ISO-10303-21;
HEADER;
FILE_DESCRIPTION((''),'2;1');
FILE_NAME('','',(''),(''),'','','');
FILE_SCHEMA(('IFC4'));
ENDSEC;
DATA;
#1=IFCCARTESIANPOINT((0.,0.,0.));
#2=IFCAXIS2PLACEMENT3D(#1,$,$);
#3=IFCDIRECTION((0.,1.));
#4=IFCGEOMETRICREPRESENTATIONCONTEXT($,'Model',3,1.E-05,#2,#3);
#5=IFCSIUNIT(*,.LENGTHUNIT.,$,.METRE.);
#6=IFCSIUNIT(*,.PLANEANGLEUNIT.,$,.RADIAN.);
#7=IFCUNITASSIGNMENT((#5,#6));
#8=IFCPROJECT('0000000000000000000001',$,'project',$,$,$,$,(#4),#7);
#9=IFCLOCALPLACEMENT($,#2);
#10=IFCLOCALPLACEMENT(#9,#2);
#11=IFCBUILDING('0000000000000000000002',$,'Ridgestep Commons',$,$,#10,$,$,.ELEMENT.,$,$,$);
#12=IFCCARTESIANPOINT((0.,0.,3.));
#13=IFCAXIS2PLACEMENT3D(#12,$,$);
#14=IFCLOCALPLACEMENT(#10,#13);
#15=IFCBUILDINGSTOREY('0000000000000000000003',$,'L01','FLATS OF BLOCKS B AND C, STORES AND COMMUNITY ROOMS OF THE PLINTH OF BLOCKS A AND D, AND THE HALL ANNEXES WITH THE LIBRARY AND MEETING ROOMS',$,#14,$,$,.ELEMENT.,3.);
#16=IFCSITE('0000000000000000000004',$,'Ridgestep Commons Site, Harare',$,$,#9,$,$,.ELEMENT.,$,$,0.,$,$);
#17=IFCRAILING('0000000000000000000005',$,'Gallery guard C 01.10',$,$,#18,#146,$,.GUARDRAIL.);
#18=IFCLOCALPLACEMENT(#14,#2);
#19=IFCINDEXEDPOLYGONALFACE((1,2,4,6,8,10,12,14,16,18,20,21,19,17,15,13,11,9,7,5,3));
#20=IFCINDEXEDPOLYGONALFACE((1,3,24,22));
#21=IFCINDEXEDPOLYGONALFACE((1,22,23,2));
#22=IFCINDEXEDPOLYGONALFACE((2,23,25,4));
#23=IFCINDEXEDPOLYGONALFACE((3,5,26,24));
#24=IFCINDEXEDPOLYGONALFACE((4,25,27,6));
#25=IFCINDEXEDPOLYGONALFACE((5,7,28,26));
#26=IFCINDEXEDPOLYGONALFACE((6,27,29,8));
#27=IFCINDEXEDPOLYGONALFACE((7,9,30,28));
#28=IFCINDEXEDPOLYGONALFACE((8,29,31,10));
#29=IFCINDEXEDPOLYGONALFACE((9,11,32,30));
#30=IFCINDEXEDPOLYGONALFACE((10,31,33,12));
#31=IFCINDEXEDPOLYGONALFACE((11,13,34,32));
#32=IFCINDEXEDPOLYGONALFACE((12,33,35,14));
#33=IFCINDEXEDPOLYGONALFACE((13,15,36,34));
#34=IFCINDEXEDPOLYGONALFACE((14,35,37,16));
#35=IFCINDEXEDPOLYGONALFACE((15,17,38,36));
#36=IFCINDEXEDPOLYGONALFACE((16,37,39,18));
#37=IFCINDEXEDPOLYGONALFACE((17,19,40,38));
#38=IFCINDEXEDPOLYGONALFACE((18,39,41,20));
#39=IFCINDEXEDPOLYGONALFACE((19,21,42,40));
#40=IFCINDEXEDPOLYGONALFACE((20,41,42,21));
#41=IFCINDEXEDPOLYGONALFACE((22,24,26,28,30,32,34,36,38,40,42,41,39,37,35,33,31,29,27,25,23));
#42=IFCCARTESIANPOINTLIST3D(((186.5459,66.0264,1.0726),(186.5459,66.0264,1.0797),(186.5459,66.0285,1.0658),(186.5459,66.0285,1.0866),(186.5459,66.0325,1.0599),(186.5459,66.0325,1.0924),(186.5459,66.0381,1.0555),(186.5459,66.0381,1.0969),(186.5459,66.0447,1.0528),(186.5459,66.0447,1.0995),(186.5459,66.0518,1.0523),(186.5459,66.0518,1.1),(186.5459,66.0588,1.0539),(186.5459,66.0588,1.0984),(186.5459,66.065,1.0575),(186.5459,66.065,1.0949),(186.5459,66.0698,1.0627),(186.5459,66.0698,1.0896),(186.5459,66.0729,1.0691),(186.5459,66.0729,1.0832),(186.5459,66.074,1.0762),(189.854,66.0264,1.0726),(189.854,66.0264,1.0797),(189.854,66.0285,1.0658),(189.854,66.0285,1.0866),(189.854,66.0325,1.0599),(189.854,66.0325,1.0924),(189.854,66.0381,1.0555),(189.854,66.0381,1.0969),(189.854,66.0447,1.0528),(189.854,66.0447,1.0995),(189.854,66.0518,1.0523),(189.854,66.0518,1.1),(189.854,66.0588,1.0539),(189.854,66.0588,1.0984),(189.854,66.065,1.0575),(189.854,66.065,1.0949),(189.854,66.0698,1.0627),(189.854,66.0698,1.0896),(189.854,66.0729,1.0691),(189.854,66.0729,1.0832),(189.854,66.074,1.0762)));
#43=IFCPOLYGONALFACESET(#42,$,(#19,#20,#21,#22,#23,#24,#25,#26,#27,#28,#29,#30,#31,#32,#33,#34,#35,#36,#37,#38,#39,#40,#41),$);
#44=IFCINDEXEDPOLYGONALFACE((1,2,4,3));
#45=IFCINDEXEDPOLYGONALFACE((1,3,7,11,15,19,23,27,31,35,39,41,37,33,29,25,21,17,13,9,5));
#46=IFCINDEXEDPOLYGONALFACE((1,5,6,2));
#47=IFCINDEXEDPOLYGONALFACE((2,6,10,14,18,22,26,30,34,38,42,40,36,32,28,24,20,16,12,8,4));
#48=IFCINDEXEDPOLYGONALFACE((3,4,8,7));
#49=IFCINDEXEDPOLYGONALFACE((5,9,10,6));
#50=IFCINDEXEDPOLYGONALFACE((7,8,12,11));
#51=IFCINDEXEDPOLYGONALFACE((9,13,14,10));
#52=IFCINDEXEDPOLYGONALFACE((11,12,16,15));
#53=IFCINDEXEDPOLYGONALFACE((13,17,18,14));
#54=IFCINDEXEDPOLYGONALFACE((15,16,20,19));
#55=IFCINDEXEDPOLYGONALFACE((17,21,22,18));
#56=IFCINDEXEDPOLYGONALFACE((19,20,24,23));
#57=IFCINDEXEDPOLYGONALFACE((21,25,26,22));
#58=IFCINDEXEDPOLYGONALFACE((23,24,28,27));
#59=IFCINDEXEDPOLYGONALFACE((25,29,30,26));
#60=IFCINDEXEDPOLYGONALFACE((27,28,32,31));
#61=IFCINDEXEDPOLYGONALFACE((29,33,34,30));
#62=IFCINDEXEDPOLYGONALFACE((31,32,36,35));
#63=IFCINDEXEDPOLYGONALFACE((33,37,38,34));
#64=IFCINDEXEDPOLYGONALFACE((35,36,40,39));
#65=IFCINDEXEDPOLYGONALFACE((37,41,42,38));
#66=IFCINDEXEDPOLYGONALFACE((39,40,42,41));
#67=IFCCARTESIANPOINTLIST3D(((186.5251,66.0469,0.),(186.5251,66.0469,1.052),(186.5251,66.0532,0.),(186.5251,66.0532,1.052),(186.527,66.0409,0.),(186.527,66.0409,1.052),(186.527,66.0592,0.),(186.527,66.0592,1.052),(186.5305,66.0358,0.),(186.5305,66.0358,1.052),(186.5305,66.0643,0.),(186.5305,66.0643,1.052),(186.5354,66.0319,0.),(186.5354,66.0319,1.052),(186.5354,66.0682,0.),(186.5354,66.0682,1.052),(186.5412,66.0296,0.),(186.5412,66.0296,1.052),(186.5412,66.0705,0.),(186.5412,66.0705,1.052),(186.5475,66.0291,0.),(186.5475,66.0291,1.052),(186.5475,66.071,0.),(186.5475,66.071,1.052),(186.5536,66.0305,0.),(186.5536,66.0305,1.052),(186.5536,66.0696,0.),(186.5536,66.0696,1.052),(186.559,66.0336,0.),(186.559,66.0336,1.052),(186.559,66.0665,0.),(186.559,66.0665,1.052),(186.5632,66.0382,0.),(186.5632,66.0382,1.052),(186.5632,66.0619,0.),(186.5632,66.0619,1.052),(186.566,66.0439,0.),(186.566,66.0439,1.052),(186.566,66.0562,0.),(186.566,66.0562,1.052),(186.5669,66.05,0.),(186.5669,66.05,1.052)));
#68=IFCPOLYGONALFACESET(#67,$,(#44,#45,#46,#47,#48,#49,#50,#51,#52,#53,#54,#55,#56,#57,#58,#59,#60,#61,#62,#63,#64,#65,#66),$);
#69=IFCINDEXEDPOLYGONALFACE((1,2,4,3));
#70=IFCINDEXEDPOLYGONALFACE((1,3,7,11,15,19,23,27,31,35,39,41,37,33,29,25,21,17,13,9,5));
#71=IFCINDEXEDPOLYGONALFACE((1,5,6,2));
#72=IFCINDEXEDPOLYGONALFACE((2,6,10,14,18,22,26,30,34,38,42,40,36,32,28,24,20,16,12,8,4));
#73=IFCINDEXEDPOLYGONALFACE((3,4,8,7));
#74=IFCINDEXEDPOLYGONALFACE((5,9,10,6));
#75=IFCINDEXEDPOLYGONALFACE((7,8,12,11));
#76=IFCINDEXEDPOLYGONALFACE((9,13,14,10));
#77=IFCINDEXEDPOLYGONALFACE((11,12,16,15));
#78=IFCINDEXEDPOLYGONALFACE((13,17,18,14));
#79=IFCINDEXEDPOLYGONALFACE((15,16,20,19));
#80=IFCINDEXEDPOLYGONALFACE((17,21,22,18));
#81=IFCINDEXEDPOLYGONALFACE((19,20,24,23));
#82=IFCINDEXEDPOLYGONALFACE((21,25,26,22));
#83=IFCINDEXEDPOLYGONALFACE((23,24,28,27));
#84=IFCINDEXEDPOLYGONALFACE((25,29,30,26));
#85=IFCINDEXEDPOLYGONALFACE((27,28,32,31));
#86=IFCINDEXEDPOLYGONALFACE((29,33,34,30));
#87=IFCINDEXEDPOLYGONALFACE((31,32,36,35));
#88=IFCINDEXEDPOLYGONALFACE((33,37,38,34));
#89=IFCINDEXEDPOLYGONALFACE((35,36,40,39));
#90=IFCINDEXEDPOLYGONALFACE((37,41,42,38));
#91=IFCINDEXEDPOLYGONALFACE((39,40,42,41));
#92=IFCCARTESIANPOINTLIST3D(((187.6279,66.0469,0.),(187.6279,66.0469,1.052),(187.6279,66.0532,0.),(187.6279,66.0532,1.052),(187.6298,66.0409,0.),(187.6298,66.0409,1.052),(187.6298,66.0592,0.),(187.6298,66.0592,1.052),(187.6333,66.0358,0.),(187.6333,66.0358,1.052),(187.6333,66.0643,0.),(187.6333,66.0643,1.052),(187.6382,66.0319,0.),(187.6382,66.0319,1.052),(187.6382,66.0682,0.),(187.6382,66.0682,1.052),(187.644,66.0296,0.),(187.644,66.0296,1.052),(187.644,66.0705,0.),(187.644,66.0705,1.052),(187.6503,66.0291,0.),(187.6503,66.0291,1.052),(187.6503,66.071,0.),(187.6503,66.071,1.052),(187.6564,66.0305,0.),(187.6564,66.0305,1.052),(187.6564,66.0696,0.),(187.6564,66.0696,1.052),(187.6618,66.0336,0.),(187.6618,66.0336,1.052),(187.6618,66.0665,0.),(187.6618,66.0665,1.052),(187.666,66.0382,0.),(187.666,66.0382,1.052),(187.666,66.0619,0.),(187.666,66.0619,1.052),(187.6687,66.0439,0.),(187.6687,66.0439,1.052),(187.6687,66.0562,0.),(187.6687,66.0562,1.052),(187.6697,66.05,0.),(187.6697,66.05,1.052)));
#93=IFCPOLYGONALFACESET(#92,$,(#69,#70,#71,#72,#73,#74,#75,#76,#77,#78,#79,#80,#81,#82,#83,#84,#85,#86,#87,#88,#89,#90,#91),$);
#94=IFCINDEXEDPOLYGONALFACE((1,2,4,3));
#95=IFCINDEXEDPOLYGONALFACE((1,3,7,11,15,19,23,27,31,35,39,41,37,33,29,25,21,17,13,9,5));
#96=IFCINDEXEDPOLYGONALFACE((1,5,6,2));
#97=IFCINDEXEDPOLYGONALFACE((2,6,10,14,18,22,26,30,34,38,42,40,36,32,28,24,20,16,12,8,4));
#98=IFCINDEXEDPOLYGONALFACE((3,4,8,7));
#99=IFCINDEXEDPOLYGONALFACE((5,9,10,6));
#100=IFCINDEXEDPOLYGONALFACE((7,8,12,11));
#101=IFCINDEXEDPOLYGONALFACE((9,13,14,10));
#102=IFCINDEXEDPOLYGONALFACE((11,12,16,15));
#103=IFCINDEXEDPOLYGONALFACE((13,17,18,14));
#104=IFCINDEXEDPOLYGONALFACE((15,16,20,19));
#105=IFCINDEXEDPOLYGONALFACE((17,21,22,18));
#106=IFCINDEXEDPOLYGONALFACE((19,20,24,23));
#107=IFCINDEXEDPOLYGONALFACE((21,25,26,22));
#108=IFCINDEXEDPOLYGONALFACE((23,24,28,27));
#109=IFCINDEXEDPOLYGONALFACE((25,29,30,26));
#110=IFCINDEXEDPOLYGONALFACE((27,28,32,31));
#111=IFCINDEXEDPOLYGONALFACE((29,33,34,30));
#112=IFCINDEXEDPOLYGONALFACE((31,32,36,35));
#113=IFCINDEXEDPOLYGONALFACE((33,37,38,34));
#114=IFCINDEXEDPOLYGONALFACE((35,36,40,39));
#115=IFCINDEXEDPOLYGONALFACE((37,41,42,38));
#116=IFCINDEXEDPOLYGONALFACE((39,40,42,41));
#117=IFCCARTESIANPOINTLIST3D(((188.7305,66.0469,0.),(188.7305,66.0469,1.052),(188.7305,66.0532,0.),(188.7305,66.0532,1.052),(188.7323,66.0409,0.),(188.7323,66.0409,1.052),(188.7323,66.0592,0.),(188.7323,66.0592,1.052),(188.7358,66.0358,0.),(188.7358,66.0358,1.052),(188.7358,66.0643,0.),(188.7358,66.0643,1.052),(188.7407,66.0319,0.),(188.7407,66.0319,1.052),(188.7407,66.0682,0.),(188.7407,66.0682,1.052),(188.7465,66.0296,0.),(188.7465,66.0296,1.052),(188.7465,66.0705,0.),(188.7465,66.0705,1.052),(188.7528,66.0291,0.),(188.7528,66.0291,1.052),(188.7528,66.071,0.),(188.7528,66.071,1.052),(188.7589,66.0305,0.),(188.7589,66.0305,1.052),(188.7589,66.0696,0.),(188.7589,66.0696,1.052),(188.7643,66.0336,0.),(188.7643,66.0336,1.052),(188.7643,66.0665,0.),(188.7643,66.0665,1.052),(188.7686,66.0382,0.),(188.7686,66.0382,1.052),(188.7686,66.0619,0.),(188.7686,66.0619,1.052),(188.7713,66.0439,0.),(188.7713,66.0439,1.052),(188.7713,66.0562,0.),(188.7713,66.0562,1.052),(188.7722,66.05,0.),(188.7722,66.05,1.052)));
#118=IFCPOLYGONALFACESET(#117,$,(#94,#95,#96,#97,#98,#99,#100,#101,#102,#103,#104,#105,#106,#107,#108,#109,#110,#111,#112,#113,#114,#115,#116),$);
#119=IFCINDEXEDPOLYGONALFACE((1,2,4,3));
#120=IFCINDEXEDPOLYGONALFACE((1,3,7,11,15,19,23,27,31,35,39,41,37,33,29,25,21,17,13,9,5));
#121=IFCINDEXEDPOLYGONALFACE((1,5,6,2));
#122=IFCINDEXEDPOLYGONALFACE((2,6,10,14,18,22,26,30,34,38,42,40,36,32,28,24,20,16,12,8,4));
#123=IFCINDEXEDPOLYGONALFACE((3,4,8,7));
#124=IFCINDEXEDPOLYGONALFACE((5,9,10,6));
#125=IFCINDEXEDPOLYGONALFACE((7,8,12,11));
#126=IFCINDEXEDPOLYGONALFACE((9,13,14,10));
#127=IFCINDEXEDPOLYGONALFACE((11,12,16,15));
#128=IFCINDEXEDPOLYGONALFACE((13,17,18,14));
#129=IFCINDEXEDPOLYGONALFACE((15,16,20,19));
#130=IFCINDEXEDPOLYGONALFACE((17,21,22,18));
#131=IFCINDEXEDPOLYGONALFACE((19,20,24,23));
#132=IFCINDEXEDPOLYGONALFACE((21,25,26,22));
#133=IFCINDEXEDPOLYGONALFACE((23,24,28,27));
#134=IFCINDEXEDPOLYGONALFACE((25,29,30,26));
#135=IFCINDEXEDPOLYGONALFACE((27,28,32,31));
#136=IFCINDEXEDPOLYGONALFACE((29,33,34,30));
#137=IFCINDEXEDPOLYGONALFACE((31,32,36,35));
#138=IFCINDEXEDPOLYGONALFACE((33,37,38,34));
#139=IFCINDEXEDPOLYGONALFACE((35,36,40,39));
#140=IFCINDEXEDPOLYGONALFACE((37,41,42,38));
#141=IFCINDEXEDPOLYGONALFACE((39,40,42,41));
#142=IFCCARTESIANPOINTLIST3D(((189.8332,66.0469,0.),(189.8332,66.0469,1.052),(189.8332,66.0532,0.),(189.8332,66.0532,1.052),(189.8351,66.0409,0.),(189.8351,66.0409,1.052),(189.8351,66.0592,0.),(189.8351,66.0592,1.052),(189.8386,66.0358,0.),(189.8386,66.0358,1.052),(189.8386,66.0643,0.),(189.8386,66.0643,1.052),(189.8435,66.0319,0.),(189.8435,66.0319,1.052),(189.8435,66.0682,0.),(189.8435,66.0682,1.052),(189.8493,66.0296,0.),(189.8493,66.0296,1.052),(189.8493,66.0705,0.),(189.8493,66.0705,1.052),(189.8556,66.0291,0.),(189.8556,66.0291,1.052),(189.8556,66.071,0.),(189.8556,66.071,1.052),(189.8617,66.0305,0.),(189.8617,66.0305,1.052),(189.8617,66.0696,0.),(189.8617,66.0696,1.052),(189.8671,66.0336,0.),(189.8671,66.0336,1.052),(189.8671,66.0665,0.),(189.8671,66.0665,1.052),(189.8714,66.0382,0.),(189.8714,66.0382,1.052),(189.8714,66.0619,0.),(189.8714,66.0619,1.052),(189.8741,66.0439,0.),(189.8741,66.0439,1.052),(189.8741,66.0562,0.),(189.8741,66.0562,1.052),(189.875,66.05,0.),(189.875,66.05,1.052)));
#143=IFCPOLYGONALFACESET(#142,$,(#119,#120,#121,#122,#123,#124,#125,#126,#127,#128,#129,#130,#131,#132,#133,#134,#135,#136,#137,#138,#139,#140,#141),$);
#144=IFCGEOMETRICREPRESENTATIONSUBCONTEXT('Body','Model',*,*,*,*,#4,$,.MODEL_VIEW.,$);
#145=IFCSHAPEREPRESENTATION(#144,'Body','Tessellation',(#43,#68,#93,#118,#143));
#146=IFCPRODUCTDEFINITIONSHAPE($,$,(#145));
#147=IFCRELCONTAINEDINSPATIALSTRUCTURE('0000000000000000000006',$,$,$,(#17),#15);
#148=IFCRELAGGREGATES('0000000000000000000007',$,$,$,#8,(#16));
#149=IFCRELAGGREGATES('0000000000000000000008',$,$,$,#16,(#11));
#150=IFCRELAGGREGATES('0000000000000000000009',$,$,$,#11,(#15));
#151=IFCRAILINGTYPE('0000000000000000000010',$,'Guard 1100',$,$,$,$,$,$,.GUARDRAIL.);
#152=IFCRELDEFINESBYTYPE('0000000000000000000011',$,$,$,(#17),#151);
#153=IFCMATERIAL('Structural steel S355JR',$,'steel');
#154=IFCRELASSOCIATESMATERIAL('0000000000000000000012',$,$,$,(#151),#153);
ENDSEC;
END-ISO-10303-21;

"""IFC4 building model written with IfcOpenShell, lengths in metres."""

from ifc_helpers import new_model, si_unit, direction, frame, origin, origin_2d, place, context, subcontext, project, spatial, circle, extrude, material, type_object, element, save


model = new_model("IFC4")

# Units and contexts
model_context = context("Model", 3, precision=1e-05, world=origin(), true_north=direction((0.0, 1.0)))
body_context = subcontext(model_context, "Body", "Model", "MODEL_VIEW")
ifc_project = project(units=[si_unit("LENGTHUNIT", "METRE"), si_unit("PLANEANGLEUNIT", "RADIAN")], contexts=[model_context])

# Site, building, storey
site_placement = place(None, origin())
site = spatial("IfcSite", under=ifc_project, at=site_placement, Name="Ridgestep Commons Site, Harare", CompositionType="ELEMENT", RefElevation=0.0)
building_placement = place(site_placement, origin())
building = spatial("IfcBuilding", under=site, at=building_placement, Name="Ridgestep Commons", CompositionType="ELEMENT")
storey_placement = place(building_placement, frame((0.0, 0.0, 3.0)))
storey = spatial("IfcBuildingStorey", under=building, at=storey_placement, Name="L01", Description="FLATS OF BLOCKS B AND C, STORES AND COMMUNITY ROOMS OF THE PLINTH OF BLOCKS A AND D, AND THE HALL ANNEXES WITH THE LIBRARY AND MEETING ROOMS", CompositionType="ELEMENT", Elevation=3.0)

# Railing
ifc_material_1 = material(Name="Structural steel S355JR", Category="steel")
railing_type = type_object("IfcRailingType", Name="Guard 1100", PredefinedType="GUARDRAIL", material=ifc_material_1)
railing_1_placement = place(storey_placement, frame((186.5459, 66.05, 0.0)))
element("IfcRailing", 1, at=railing_1_placement, inside=storey, type_object=railing_type, Name="Gallery guard C 01.10", PredefinedType="GUARDRAIL", context=body_context, shape_type="SweptSolid", body=[
    extrude(circle(Radius=0.0239, at=origin_2d()), frame((0.0, 0.0, 1.0762), z_axis=(1.0, 0.0, 0.0), x_axis=(0.0, 1.0, 0.0)), (0.0, 0.0, 1.0), 3.3081),
    extrude(circle(Radius=0.021, at=origin_2d()), origin(), (0.0, 0.0, 1.0), 1.052),
    extrude(circle(Radius=0.021, at=origin_2d()), frame((1.1028, 0.0, 0.0)), (0.0, 0.0, 1.0), 1.052),
    extrude(circle(Radius=0.021, at=origin_2d()), frame((2.2053, 0.0, 0.0)), (0.0, 0.0, 1.0), 1.052),
    extrude(circle(Radius=0.021, at=origin_2d()), frame((3.3081, 0.0, 0.0)), (0.0, 0.0, 1.0), 1.052),
])

save(model, "model.ifc")
